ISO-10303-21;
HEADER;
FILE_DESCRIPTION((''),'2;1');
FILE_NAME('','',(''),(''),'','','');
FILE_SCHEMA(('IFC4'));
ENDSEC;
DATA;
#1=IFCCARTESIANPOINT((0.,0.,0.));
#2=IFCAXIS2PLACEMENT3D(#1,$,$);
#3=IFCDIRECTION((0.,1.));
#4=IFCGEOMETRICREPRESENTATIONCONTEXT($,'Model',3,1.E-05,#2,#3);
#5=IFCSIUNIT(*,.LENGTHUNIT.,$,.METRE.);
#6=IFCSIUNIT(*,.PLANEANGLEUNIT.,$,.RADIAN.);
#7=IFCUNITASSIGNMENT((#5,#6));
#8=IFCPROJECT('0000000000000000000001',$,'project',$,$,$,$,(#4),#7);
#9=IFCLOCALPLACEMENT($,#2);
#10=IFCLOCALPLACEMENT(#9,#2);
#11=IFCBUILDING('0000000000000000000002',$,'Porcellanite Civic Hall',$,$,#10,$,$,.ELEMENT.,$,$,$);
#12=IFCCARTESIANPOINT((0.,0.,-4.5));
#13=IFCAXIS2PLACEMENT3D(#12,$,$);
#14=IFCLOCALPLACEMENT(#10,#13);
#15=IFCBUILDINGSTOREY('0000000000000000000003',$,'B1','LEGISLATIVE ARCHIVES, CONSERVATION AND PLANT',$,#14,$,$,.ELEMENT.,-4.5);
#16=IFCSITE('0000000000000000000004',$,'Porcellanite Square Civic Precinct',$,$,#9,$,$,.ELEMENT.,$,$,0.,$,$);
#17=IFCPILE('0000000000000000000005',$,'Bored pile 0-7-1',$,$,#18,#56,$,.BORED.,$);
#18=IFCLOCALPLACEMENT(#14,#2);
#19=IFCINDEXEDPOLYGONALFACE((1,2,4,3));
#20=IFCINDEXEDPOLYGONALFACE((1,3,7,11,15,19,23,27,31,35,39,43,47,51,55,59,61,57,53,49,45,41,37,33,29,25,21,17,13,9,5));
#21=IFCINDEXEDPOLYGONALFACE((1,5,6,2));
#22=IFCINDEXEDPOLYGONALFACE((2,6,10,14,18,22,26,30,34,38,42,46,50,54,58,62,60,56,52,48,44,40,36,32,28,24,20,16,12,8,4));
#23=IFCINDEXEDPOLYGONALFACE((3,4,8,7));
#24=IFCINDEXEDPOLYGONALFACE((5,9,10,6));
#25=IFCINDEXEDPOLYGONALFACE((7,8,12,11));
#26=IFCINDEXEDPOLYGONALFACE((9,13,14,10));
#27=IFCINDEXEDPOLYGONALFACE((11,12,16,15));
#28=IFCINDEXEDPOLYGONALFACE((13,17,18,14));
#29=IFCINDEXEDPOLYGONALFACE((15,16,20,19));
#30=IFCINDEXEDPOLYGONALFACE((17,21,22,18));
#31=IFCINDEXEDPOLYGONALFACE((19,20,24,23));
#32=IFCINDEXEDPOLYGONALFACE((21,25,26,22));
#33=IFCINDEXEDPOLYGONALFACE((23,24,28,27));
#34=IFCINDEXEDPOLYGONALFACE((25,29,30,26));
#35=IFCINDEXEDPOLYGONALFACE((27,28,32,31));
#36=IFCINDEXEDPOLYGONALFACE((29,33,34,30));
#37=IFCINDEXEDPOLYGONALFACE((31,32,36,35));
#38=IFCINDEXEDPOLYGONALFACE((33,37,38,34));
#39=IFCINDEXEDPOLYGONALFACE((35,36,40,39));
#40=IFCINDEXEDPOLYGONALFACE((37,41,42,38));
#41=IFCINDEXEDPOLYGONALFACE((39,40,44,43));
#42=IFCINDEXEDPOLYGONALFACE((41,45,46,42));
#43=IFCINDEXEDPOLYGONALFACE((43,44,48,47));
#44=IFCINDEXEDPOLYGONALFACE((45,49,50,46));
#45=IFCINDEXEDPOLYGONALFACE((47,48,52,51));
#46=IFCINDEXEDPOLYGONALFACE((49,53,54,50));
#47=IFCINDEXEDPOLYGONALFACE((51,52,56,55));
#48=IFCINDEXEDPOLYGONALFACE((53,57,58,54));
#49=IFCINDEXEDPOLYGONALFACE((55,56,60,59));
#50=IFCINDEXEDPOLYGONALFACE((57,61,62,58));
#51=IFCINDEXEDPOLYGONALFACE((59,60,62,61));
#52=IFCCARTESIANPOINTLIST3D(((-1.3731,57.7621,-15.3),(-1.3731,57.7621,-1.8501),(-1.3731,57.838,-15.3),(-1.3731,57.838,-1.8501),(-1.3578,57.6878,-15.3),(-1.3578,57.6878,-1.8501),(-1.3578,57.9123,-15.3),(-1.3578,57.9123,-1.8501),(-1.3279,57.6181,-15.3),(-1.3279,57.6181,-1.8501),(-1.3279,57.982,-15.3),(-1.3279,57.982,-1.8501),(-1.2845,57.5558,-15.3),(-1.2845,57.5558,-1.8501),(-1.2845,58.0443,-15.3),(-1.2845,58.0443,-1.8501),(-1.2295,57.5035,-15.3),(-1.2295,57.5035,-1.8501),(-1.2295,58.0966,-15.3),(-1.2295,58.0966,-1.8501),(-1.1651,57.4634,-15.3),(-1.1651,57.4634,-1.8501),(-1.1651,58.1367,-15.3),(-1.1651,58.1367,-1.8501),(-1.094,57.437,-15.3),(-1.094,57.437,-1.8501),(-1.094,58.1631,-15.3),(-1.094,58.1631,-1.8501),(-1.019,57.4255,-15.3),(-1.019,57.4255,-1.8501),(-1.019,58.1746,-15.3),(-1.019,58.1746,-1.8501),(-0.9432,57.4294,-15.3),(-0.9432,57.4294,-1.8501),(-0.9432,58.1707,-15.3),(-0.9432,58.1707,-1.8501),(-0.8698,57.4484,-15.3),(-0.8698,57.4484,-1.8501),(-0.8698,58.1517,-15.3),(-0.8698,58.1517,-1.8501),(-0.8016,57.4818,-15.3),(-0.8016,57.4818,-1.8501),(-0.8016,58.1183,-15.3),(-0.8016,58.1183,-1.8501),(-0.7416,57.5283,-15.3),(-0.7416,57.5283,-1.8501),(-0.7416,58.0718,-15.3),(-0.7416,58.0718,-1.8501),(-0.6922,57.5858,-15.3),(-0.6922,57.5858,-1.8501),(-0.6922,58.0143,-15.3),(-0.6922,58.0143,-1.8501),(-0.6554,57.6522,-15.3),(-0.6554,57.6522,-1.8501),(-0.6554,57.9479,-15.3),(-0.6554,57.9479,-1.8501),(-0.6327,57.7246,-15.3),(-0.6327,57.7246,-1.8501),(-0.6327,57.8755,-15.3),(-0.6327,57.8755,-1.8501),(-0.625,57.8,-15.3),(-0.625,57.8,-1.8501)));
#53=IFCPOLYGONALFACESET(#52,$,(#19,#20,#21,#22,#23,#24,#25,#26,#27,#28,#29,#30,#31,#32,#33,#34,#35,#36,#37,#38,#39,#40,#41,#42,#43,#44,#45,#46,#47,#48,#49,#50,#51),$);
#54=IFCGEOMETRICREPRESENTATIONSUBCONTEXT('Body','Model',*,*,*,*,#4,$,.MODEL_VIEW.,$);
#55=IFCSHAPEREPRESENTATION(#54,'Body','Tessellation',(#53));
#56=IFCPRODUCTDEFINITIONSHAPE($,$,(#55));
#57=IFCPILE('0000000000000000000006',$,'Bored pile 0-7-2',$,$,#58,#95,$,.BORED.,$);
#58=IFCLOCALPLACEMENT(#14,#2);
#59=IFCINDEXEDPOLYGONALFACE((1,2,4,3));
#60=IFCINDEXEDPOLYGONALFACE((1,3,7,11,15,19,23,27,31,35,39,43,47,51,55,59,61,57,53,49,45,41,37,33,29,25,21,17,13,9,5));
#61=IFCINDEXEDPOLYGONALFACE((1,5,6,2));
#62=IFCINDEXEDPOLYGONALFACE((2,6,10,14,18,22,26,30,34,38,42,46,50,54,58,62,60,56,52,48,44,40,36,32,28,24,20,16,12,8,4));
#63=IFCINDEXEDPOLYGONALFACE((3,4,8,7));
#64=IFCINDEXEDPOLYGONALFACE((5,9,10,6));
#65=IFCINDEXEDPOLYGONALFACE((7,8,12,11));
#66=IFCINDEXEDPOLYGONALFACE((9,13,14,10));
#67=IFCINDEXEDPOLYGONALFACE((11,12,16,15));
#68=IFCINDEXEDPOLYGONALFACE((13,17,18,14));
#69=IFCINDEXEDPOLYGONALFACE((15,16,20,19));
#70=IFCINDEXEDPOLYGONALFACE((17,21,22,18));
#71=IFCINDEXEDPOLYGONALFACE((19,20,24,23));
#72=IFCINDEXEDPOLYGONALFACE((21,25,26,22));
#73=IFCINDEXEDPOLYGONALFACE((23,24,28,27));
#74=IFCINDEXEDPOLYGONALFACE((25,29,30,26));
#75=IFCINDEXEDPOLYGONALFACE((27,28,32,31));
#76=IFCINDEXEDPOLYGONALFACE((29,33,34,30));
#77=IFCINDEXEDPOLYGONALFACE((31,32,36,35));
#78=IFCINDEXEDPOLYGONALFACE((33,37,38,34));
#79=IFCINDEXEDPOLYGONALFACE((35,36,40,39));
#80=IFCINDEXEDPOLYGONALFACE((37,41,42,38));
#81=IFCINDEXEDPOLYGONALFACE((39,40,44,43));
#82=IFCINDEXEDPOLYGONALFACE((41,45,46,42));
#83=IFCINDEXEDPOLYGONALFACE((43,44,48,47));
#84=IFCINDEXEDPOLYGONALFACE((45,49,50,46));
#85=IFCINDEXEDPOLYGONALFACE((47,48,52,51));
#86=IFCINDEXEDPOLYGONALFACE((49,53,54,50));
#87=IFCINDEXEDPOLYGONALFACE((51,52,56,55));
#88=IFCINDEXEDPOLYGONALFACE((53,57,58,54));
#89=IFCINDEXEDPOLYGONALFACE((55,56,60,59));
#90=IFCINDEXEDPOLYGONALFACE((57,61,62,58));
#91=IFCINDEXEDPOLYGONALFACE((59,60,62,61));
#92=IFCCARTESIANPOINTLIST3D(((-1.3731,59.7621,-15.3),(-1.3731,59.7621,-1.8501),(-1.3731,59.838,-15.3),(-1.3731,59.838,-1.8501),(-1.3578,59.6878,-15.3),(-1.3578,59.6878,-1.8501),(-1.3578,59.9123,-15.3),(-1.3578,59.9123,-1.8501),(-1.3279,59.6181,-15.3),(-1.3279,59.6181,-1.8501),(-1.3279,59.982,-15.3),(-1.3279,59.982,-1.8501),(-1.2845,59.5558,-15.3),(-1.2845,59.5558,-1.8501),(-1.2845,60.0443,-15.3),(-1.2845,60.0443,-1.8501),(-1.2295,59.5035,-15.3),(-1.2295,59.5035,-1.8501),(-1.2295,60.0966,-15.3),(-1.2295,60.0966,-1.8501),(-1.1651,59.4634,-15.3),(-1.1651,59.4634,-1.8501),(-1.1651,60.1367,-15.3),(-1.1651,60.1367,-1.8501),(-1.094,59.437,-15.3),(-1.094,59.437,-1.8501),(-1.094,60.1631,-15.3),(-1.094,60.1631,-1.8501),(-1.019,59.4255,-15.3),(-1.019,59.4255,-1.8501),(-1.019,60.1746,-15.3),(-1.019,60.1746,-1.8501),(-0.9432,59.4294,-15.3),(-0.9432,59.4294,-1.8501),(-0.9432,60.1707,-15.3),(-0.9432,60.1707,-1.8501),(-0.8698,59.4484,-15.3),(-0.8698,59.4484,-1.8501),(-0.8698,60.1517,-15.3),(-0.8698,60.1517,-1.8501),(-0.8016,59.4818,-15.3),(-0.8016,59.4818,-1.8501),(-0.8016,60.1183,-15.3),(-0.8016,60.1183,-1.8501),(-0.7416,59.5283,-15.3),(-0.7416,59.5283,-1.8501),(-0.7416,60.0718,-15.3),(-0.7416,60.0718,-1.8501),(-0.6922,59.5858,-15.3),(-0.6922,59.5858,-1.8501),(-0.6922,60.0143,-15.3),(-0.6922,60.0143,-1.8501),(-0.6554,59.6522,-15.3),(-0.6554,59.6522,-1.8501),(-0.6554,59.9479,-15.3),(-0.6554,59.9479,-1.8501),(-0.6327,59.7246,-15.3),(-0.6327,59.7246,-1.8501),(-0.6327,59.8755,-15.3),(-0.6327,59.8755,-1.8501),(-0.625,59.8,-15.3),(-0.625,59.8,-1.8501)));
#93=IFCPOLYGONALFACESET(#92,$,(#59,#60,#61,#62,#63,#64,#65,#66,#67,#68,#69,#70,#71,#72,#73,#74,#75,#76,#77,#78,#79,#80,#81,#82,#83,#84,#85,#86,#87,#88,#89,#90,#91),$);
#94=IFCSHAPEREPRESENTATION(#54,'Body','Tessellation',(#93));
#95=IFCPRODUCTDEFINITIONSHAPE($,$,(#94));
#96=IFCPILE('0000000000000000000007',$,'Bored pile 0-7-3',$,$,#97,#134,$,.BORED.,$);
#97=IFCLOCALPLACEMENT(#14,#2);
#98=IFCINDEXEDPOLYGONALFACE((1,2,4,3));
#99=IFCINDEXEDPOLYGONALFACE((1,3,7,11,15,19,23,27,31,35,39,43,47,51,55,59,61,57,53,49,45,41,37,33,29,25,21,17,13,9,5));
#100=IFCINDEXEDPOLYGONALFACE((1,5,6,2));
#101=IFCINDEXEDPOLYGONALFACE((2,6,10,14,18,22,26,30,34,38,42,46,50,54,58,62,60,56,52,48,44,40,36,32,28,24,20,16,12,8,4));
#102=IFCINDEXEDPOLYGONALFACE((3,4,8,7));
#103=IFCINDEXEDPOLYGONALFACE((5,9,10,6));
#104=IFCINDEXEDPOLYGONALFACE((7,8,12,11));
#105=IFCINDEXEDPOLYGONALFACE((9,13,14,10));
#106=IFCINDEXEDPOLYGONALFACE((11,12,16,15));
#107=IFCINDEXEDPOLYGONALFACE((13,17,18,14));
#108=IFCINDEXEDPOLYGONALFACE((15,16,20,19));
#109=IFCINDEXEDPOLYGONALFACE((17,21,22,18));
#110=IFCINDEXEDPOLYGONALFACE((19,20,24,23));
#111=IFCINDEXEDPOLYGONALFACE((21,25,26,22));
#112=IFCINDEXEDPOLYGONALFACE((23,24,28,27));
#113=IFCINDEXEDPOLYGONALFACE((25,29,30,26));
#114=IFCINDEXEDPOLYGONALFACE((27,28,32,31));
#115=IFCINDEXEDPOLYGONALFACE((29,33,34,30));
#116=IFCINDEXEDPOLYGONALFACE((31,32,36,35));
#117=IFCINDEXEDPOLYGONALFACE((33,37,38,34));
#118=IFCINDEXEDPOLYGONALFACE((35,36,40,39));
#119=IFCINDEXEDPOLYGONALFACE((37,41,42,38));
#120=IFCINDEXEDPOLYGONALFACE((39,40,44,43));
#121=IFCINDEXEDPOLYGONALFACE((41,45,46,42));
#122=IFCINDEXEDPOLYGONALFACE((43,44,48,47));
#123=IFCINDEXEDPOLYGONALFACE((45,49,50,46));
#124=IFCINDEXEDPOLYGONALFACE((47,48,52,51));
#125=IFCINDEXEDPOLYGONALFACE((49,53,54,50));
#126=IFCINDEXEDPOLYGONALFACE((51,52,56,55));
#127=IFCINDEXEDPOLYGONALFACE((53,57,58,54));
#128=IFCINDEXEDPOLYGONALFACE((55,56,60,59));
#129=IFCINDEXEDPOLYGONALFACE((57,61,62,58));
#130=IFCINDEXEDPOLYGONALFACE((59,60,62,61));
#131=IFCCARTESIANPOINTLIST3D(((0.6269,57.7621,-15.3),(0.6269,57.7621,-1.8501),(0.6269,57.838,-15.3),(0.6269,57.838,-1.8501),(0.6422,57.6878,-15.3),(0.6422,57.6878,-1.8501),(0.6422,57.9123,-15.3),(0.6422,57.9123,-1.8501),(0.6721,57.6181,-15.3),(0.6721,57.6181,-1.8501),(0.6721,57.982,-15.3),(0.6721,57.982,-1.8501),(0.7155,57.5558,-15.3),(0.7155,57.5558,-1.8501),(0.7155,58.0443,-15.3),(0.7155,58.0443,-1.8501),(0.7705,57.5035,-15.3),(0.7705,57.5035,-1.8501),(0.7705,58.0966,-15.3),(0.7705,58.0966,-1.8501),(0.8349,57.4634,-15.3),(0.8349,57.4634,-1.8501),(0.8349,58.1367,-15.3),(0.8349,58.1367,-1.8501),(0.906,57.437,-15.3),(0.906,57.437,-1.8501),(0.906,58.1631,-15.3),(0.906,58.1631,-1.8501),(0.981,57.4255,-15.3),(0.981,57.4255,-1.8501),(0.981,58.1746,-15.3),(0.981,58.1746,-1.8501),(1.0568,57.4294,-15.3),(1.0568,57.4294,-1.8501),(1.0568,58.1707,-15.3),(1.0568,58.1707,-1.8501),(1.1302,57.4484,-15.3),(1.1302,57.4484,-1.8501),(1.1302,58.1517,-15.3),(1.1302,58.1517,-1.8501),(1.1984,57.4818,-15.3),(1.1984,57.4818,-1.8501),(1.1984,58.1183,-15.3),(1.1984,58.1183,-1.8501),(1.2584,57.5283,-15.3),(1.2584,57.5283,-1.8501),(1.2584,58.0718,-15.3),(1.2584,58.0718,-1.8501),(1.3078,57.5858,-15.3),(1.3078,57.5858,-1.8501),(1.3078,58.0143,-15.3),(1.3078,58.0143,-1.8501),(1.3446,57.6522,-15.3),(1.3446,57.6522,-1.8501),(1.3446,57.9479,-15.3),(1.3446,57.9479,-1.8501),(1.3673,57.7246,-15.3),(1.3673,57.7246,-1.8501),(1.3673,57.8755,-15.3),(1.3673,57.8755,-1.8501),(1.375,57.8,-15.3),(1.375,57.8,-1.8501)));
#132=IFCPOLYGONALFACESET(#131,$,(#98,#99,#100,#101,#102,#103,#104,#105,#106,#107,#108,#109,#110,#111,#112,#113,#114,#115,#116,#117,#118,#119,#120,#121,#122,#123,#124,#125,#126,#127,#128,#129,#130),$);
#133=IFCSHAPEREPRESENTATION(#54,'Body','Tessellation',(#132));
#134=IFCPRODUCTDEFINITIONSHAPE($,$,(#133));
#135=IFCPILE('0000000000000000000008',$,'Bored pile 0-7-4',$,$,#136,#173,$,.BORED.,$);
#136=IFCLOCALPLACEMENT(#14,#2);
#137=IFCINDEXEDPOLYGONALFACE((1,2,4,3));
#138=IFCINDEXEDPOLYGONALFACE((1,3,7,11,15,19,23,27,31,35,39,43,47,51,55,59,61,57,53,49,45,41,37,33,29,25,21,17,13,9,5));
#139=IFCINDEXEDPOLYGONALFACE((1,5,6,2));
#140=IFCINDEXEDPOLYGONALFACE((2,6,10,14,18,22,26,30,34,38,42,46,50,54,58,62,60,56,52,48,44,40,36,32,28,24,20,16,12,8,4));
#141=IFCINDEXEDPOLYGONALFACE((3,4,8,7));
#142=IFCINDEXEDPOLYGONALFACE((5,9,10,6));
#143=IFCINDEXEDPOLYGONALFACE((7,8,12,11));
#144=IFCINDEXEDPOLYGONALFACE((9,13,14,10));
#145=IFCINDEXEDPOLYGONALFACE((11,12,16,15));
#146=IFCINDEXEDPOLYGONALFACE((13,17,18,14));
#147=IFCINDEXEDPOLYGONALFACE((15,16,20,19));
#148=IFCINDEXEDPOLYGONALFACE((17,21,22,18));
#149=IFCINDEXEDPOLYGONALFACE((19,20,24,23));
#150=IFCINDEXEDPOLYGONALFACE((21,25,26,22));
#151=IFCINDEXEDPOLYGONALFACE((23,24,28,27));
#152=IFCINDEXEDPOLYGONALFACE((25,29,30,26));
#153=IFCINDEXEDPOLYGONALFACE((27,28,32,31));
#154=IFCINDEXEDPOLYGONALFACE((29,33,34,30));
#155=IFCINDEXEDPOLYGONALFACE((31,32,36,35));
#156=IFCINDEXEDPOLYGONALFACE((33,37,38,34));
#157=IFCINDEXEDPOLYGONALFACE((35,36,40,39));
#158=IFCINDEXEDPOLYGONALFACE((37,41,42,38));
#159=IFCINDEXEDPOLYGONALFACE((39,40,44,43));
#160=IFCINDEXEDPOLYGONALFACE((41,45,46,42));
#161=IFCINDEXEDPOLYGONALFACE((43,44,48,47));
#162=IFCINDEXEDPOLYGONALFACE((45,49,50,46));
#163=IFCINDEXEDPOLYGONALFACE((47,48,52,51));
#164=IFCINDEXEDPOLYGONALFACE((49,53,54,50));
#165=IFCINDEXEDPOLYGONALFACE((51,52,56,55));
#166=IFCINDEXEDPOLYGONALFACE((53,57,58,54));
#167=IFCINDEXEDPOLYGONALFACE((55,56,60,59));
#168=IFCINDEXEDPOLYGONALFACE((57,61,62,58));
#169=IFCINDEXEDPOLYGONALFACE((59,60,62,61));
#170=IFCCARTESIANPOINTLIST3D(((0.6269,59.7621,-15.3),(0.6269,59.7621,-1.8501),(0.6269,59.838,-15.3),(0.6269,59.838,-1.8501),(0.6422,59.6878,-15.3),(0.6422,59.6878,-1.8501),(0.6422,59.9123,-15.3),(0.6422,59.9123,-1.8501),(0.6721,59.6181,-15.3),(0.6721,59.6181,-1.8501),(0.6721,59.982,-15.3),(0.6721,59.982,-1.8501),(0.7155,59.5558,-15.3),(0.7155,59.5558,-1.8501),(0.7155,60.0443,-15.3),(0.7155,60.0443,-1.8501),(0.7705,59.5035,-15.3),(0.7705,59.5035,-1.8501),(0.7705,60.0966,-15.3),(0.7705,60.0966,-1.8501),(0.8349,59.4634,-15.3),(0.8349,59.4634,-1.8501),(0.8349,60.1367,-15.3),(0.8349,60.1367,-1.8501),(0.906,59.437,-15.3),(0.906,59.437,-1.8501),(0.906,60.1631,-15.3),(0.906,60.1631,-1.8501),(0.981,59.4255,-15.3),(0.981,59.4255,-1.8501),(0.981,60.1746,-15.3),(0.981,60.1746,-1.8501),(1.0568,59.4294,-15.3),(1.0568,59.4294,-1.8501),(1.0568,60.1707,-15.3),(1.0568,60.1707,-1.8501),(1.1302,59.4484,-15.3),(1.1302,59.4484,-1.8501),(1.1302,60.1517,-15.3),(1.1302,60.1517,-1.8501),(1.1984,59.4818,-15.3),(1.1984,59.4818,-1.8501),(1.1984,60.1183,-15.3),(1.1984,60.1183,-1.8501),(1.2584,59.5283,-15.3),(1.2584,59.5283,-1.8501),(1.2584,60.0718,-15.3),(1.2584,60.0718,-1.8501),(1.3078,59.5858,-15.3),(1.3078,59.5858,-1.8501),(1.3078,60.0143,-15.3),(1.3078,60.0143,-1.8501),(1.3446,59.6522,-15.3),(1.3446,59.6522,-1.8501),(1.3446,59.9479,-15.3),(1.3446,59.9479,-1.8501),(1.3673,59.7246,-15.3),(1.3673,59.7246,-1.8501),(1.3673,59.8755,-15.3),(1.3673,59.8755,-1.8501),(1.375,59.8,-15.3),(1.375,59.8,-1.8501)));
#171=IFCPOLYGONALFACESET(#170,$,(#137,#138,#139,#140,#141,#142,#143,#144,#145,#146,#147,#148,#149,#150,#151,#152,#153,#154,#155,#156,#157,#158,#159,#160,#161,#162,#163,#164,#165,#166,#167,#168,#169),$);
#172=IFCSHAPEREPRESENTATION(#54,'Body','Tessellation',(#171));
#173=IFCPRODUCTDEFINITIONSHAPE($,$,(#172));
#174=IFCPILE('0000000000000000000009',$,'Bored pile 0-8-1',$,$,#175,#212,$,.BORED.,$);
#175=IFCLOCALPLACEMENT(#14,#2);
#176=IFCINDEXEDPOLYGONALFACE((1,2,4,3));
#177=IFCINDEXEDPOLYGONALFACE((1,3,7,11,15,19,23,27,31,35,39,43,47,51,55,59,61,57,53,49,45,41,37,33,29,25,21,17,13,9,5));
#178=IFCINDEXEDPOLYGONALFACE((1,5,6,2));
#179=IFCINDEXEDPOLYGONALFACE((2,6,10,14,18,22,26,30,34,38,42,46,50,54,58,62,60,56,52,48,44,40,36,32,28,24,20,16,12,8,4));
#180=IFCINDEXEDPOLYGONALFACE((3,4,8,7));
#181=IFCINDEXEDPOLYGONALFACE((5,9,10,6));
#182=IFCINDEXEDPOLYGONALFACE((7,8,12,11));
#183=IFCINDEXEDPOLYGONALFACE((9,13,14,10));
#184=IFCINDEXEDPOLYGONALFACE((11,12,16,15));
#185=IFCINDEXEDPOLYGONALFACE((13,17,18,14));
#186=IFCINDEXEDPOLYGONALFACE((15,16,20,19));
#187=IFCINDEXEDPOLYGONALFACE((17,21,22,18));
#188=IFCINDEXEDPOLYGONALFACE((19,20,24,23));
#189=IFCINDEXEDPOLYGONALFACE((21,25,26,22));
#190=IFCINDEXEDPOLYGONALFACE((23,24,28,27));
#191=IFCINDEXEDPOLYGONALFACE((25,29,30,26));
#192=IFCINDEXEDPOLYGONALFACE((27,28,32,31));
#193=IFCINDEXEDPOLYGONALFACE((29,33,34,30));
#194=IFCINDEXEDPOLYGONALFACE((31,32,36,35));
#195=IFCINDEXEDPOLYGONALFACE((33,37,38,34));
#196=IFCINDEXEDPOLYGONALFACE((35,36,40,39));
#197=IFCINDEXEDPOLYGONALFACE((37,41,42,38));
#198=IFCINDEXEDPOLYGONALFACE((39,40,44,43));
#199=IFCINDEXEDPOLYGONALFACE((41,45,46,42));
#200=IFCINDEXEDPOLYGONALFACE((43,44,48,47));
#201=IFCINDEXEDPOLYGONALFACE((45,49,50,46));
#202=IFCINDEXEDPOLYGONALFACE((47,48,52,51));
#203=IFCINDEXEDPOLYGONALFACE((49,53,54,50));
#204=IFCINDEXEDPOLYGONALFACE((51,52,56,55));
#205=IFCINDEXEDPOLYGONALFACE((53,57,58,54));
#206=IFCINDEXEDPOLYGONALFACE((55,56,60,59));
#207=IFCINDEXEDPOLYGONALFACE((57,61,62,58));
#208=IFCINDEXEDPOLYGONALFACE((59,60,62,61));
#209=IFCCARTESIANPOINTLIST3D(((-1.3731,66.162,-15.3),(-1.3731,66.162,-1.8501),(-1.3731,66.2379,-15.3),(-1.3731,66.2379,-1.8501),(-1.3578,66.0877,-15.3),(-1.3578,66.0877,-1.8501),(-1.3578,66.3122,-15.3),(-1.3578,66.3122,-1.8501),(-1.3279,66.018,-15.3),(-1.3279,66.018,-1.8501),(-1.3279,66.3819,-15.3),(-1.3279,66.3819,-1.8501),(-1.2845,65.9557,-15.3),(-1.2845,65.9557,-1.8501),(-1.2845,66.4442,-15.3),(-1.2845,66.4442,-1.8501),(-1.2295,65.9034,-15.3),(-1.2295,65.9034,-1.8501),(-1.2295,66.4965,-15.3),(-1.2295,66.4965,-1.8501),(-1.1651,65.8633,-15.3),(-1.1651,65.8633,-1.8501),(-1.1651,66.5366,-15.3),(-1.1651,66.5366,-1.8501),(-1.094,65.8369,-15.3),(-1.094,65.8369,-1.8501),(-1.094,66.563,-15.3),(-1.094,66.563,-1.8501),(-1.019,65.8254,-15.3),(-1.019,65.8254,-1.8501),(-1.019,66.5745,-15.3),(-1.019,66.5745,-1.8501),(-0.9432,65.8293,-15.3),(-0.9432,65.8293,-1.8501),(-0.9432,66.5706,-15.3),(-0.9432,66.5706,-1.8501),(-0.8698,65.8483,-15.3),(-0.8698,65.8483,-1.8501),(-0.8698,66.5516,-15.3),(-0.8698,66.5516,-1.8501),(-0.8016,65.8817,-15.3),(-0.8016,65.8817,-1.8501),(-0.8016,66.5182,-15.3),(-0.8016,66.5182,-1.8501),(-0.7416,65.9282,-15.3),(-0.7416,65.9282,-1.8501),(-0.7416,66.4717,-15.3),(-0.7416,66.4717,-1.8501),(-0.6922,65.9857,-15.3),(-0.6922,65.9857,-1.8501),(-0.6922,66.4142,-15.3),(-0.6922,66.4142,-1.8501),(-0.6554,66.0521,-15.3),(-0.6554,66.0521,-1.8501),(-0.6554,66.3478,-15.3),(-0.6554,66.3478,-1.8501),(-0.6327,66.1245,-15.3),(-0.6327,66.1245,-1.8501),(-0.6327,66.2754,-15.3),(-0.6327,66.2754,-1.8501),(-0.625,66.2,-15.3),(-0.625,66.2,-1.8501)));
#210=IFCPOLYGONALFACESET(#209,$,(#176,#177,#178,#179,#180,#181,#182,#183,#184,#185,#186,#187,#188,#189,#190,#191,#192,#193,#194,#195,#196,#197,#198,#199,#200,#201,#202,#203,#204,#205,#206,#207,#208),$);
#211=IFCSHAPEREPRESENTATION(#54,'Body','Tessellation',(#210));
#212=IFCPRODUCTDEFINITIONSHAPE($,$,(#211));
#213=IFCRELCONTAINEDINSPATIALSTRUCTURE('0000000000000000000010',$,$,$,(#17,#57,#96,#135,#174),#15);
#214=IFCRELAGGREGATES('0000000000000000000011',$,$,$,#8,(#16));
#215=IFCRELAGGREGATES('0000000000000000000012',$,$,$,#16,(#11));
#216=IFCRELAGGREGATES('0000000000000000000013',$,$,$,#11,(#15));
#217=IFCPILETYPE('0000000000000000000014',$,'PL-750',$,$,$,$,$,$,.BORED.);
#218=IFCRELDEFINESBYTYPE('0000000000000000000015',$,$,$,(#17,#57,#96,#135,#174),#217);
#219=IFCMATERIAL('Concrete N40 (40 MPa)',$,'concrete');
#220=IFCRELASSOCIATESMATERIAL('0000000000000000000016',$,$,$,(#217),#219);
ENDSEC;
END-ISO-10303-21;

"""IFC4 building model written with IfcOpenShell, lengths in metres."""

from ifc_helpers import new_model, si_unit, direction, frame, origin, origin_2d, place, context, subcontext, project, spatial, circle, extrude, material, material_profile, profile_set, type_object, element, save


model = new_model("IFC4")

# Units and contexts
model_context = context("Model", 3, precision=1e-05, world=origin(), true_north=direction((0.0, 1.0)))
body_context = subcontext(model_context, "Body", "Model", "MODEL_VIEW")
ifc_project = project(units=[si_unit("LENGTHUNIT", "METRE"), si_unit("PLANEANGLEUNIT", "RADIAN")], contexts=[model_context])

# Site, building, storey
site_placement = place(None, origin())
site = spatial("IfcSite", under=ifc_project, at=site_placement, Name="Porcellanite Square Civic Precinct", CompositionType="ELEMENT", RefElevation=0.0)
building_placement = place(site_placement, origin())
building = spatial("IfcBuilding", under=site, at=building_placement, Name="Porcellanite Civic Hall", CompositionType="ELEMENT")
storey_placement = place(building_placement, frame((0.0, 0.0, -4.5)))
storey = spatial("IfcBuildingStorey", under=building, at=storey_placement, Name="B1", Description="LEGISLATIVE ARCHIVES, CONSERVATION AND PLANT", CompositionType="ELEMENT", Elevation=-4.5)

# Piles
ifc_material_1 = material(Name="Concrete N40 (40 MPa)", Category="concrete")
ifc_material_profile_1 = material_profile(ifc_material_1, circle(Radius=0.375, at=origin_2d()), Name="PILE-D750")
ifc_profile_set_1 = profile_set([ifc_material_profile_1], Name="Concrete N40 (40 MPa)")
pile_type_1 = type_object("IfcPileType", Name="PL-750", PredefinedType="BORED", material=ifc_profile_set_1)
for number, where, z_axis, x_axis, name in (
    (1, (-1.0, 57.8, -1.8501), (0.0, 0.0, -1.0), (1.0, 0.0, 0.0), "Bored pile 0-7-1"),
    (2, (-1.0, 59.8, -1.8501), (0.0, 0.0, -1.0), (1.0, 0.0, 0.0), "Bored pile 0-7-2"),
    (3, (1.0, 57.8, -1.8501), (0.0, 0.0, -1.0), (1.0, 0.0, 0.0), "Bored pile 0-7-3"),
    (4, (1.0, 59.8, -1.8501), (0.0, 0.0, -1.0), (1.0, 0.0, 0.0), "Bored pile 0-7-4"),
    (5, (-1.0, 66.2, -1.8501), (0.0, 0.0, -1.0), (1.0, 0.0, 0.0), "Bored pile 0-8-1"),
):
    element("IfcPile", number, at=place(storey_placement, frame(where, z_axis=z_axis, x_axis=x_axis)), inside=storey, type_object=pile_type_1, Name=name, PredefinedType="BORED", context=body_context, shape_type="SweptSolid", body=[
        extrude(circle(Radius=0.375, at=origin_2d()), origin(), (0.0, 0.0, 1.0), 13.45),
    ])

save(model, "model.ifc")
